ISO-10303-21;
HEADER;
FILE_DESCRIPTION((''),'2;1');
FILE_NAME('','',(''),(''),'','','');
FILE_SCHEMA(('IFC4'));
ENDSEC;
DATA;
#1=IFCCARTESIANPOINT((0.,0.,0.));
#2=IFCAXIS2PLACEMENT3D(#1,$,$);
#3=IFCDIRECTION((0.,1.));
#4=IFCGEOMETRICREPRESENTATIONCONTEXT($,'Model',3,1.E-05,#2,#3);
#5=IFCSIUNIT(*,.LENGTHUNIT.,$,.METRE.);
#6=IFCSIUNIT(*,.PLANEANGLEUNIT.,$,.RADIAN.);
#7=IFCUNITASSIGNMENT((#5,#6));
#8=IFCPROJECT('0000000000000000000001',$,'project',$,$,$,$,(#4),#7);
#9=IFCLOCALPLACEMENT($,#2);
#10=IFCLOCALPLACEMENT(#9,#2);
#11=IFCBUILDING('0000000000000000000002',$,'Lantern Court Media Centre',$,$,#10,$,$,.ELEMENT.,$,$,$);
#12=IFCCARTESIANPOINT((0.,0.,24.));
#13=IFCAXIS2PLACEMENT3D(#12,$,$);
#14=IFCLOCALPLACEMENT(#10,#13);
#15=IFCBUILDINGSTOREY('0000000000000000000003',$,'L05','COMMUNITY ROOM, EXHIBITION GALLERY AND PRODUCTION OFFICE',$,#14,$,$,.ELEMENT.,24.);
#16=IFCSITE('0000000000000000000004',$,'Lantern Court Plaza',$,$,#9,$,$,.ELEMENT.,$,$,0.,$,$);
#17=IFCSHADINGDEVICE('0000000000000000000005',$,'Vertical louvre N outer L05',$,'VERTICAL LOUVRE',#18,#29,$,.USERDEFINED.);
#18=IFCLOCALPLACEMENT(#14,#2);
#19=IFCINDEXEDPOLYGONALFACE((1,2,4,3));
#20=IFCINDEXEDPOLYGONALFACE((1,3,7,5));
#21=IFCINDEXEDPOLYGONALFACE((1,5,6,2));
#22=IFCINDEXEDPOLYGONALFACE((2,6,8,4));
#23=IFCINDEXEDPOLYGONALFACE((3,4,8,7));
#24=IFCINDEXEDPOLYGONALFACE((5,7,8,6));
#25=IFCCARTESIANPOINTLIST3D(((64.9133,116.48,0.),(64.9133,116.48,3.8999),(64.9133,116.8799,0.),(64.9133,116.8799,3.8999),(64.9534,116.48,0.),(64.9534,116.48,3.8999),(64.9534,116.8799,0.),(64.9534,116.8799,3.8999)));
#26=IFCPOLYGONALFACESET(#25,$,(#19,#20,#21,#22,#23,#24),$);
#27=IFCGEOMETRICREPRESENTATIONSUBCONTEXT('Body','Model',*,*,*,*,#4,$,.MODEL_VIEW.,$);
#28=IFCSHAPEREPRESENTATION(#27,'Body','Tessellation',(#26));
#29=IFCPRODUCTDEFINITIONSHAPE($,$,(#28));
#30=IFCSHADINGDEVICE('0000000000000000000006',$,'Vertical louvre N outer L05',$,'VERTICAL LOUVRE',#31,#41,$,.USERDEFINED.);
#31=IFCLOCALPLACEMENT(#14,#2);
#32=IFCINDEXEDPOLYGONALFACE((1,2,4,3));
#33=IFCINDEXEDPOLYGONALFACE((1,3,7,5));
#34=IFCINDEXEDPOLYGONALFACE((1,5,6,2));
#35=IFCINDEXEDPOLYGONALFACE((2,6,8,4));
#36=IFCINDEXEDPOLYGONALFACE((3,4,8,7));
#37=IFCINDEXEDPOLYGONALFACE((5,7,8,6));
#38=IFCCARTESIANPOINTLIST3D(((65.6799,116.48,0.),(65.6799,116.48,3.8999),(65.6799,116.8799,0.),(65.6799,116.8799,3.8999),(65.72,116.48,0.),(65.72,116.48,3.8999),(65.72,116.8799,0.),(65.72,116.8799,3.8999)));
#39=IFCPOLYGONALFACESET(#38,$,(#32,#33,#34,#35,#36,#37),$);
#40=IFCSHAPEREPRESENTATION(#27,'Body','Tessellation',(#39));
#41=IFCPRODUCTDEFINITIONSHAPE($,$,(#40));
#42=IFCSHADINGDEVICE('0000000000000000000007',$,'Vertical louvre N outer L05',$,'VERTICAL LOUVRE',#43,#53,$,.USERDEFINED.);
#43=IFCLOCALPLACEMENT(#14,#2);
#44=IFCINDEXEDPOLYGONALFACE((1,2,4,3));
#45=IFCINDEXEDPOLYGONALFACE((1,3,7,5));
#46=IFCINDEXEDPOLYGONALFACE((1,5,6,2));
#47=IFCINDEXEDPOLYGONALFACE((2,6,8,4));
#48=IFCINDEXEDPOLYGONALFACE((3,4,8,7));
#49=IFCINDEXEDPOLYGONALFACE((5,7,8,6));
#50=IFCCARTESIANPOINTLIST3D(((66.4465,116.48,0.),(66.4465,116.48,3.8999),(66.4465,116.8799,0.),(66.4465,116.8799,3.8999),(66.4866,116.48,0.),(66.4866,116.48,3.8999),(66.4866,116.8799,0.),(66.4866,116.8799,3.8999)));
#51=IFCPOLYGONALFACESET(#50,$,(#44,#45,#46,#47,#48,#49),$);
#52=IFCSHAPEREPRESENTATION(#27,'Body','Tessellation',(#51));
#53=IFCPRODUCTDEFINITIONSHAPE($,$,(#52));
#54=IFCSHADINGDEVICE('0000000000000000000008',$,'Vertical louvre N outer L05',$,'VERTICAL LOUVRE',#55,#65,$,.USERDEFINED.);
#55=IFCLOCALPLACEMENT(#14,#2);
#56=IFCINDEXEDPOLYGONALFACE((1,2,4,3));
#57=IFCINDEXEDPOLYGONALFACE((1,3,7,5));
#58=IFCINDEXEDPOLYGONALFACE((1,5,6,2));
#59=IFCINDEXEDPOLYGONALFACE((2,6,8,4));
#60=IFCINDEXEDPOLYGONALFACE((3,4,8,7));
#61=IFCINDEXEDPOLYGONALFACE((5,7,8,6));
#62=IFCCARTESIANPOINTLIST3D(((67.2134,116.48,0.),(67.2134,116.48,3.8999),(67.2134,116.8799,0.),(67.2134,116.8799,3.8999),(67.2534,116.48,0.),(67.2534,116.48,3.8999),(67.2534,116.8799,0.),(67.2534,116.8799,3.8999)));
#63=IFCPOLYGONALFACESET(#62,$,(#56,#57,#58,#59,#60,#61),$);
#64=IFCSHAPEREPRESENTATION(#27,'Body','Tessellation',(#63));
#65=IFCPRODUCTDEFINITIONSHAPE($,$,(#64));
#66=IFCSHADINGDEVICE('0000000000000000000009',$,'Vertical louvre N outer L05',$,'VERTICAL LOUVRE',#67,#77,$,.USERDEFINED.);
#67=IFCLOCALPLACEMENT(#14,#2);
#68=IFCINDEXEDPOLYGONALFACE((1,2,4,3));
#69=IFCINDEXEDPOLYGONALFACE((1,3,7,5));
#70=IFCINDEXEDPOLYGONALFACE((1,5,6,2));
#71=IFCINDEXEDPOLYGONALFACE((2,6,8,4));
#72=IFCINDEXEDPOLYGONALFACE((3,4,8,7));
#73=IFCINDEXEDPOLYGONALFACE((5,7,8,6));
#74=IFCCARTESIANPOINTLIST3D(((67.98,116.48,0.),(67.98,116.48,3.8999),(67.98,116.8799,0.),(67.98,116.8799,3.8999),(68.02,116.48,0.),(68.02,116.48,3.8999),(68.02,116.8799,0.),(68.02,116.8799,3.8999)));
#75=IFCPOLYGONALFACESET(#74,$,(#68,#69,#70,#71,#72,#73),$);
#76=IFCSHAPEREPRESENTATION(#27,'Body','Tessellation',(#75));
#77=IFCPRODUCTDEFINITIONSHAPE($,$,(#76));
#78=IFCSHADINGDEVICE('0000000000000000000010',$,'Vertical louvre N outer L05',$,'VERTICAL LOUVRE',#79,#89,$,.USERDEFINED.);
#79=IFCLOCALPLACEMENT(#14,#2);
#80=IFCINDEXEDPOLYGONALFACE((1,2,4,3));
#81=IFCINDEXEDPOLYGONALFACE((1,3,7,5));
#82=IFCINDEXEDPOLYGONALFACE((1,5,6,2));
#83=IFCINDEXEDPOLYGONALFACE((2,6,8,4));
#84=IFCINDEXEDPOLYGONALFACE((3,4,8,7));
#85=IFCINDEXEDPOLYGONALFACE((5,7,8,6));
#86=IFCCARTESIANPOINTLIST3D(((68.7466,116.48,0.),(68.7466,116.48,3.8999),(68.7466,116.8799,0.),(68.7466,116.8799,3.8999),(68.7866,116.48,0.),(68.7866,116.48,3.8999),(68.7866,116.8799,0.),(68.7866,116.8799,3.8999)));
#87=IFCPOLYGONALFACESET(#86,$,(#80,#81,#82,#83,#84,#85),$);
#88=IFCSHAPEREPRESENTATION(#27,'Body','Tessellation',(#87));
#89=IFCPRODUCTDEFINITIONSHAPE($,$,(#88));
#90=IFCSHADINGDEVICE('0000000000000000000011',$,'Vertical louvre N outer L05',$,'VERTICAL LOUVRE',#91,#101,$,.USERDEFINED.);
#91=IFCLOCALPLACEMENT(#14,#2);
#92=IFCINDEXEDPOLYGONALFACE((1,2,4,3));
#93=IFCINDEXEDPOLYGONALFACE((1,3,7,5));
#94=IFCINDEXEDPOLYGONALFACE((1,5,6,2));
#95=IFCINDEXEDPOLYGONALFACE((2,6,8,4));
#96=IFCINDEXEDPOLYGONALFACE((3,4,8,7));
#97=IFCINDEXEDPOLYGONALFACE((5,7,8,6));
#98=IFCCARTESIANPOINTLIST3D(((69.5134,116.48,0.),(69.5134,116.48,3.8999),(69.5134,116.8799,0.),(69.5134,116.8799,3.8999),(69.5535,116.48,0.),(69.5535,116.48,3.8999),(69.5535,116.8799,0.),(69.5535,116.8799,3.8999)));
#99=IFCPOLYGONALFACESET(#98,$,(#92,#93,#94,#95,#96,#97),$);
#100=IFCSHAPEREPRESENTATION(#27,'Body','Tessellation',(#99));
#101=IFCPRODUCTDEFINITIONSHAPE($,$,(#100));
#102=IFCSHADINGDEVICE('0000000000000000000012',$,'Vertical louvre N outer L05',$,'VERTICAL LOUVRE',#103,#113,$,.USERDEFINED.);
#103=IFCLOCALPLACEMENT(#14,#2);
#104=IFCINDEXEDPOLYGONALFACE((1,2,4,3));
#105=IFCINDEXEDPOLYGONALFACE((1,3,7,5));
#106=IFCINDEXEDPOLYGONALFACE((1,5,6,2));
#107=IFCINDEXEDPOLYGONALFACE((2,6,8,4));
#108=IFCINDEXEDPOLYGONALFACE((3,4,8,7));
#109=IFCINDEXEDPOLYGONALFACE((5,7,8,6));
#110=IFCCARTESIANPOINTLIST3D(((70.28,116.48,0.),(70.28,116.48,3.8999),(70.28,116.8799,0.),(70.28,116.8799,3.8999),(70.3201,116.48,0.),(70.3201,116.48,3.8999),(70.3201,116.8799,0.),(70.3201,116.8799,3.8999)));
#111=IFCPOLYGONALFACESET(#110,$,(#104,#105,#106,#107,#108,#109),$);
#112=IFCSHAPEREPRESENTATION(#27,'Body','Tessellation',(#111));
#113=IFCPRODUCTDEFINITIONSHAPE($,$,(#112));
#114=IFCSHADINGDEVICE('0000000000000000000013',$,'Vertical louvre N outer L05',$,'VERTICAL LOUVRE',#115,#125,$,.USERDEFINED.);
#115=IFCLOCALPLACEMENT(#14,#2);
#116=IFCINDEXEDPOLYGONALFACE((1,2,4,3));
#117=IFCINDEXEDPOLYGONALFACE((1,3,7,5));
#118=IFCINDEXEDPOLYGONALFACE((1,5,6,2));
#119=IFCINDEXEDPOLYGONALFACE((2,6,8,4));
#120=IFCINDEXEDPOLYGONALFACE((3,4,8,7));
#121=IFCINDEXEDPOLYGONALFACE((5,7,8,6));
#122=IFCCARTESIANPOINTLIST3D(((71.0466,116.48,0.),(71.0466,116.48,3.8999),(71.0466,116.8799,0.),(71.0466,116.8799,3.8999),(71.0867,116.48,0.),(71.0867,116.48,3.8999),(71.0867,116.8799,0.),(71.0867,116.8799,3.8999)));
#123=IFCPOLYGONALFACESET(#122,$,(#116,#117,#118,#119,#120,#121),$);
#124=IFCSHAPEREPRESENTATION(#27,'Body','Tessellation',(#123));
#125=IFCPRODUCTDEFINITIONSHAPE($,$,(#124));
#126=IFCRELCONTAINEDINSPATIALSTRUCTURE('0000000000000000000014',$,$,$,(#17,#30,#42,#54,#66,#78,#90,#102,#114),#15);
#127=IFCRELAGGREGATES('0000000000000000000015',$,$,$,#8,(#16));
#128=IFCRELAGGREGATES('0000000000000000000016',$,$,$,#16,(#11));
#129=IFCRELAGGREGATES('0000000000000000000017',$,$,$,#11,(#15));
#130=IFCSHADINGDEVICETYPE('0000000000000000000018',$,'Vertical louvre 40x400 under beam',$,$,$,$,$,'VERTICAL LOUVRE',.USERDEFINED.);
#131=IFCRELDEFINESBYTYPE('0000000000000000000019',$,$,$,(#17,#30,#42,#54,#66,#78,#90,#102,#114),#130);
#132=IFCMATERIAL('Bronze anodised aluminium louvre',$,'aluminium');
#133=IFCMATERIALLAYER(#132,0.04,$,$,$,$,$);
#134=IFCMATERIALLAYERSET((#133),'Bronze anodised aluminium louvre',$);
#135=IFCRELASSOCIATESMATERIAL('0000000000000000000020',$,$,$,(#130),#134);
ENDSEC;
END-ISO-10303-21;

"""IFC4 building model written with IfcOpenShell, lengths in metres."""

from ifc_helpers import new_model, si_unit, direction, frame, origin, origin_2d, place, context, subcontext, project, spatial, rectangle, extrude, material, layer, layer_set, type_object, element, save


model = new_model("IFC4")

# Units and contexts
model_context = context("Model", 3, precision=1e-05, world=origin(), true_north=direction((0.0, 1.0)))
body_context = subcontext(model_context, "Body", "Model", "MODEL_VIEW")
ifc_project = project(units=[si_unit("LENGTHUNIT", "METRE"), si_unit("PLANEANGLEUNIT", "RADIAN")], contexts=[model_context])

# Site, building, storey
site_placement = place(None, origin())
site = spatial("IfcSite", under=ifc_project, at=site_placement, Name="Lantern Court Plaza", CompositionType="ELEMENT", RefElevation=0.0)
building_placement = place(site_placement, origin())
building = spatial("IfcBuilding", under=site, at=building_placement, Name="Lantern Court Media Centre", CompositionType="ELEMENT")
storey_placement = place(building_placement, frame((0.0, 0.0, 24.0)))
storey = spatial("IfcBuildingStorey", under=building, at=storey_placement, Name="L05", Description="COMMUNITY ROOM, EXHIBITION GALLERY AND PRODUCTION OFFICE", CompositionType="ELEMENT", Elevation=24.0)

# Shading devices
ifc_material_1 = material(Name="Bronze anodised aluminium louvre", Category="aluminium")
ifc_layer_1 = layer(ifc_material_1, 0.04)
ifc_layer_set_1 = layer_set([ifc_layer_1], Name="Bronze anodised aluminium louvre")
shading_device_type = type_object("IfcShadingDeviceType", Name="Vertical louvre 40x400 under beam", ElementType="VERTICAL LOUVRE", PredefinedType="USERDEFINED", material=ifc_layer_set_1)
for number, where, z_axis, x_axis, name in (
    (1, (64.9333, 116.6799, 0.0), (0.0, 0.0, 1.0), (1.0, 0.0, 0.0), "Vertical louvre N outer L05"),
    (2, (65.7, 116.6799, 0.0), (0.0, 0.0, 1.0), (1.0, 0.0, 0.0), "Vertical louvre N outer L05"),
    (3, (66.4666, 116.6799, 0.0), (0.0, 0.0, 1.0), (1.0, 0.0, 0.0), "Vertical louvre N outer L05"),
    (4, (67.2334, 116.6799, 0.0), (0.0, 0.0, 1.0), (1.0, 0.0, 0.0), "Vertical louvre N outer L05"),
    (5, (68.0, 116.6799, 0.0), (0.0, 0.0, 1.0), (1.0, 0.0, 0.0), "Vertical louvre N outer L05"),
    (6, (68.7666, 116.6799, 0.0), (0.0, 0.0, 1.0), (1.0, 0.0, 0.0), "Vertical louvre N outer L05"),
    (7, (69.5334, 116.6799, 0.0), (0.0, 0.0, 1.0), (1.0, 0.0, 0.0), "Vertical louvre N outer L05"),
    (8, (70.3, 116.6799, 0.0), (0.0, 0.0, 1.0), (1.0, 0.0, 0.0), "Vertical louvre N outer L05"),
    (9, (71.0667, 116.6799, 0.0), (0.0, 0.0, 1.0), (1.0, 0.0, 0.0), "Vertical louvre N outer L05"),
):
    element("IfcShadingDevice", number, at=place(storey_placement, frame(where, z_axis=z_axis, x_axis=x_axis)), inside=storey, type_object=shading_device_type, Name=name, ObjectType="VERTICAL LOUVRE", PredefinedType="USERDEFINED", context=body_context, shape_type="SweptSolid", body=[
        extrude(rectangle(XDim=0.04, YDim=0.3999, at=origin_2d()), origin(), (0.0, 0.0, 1.0), 3.8999),
    ])

save(model, "model.ifc")
